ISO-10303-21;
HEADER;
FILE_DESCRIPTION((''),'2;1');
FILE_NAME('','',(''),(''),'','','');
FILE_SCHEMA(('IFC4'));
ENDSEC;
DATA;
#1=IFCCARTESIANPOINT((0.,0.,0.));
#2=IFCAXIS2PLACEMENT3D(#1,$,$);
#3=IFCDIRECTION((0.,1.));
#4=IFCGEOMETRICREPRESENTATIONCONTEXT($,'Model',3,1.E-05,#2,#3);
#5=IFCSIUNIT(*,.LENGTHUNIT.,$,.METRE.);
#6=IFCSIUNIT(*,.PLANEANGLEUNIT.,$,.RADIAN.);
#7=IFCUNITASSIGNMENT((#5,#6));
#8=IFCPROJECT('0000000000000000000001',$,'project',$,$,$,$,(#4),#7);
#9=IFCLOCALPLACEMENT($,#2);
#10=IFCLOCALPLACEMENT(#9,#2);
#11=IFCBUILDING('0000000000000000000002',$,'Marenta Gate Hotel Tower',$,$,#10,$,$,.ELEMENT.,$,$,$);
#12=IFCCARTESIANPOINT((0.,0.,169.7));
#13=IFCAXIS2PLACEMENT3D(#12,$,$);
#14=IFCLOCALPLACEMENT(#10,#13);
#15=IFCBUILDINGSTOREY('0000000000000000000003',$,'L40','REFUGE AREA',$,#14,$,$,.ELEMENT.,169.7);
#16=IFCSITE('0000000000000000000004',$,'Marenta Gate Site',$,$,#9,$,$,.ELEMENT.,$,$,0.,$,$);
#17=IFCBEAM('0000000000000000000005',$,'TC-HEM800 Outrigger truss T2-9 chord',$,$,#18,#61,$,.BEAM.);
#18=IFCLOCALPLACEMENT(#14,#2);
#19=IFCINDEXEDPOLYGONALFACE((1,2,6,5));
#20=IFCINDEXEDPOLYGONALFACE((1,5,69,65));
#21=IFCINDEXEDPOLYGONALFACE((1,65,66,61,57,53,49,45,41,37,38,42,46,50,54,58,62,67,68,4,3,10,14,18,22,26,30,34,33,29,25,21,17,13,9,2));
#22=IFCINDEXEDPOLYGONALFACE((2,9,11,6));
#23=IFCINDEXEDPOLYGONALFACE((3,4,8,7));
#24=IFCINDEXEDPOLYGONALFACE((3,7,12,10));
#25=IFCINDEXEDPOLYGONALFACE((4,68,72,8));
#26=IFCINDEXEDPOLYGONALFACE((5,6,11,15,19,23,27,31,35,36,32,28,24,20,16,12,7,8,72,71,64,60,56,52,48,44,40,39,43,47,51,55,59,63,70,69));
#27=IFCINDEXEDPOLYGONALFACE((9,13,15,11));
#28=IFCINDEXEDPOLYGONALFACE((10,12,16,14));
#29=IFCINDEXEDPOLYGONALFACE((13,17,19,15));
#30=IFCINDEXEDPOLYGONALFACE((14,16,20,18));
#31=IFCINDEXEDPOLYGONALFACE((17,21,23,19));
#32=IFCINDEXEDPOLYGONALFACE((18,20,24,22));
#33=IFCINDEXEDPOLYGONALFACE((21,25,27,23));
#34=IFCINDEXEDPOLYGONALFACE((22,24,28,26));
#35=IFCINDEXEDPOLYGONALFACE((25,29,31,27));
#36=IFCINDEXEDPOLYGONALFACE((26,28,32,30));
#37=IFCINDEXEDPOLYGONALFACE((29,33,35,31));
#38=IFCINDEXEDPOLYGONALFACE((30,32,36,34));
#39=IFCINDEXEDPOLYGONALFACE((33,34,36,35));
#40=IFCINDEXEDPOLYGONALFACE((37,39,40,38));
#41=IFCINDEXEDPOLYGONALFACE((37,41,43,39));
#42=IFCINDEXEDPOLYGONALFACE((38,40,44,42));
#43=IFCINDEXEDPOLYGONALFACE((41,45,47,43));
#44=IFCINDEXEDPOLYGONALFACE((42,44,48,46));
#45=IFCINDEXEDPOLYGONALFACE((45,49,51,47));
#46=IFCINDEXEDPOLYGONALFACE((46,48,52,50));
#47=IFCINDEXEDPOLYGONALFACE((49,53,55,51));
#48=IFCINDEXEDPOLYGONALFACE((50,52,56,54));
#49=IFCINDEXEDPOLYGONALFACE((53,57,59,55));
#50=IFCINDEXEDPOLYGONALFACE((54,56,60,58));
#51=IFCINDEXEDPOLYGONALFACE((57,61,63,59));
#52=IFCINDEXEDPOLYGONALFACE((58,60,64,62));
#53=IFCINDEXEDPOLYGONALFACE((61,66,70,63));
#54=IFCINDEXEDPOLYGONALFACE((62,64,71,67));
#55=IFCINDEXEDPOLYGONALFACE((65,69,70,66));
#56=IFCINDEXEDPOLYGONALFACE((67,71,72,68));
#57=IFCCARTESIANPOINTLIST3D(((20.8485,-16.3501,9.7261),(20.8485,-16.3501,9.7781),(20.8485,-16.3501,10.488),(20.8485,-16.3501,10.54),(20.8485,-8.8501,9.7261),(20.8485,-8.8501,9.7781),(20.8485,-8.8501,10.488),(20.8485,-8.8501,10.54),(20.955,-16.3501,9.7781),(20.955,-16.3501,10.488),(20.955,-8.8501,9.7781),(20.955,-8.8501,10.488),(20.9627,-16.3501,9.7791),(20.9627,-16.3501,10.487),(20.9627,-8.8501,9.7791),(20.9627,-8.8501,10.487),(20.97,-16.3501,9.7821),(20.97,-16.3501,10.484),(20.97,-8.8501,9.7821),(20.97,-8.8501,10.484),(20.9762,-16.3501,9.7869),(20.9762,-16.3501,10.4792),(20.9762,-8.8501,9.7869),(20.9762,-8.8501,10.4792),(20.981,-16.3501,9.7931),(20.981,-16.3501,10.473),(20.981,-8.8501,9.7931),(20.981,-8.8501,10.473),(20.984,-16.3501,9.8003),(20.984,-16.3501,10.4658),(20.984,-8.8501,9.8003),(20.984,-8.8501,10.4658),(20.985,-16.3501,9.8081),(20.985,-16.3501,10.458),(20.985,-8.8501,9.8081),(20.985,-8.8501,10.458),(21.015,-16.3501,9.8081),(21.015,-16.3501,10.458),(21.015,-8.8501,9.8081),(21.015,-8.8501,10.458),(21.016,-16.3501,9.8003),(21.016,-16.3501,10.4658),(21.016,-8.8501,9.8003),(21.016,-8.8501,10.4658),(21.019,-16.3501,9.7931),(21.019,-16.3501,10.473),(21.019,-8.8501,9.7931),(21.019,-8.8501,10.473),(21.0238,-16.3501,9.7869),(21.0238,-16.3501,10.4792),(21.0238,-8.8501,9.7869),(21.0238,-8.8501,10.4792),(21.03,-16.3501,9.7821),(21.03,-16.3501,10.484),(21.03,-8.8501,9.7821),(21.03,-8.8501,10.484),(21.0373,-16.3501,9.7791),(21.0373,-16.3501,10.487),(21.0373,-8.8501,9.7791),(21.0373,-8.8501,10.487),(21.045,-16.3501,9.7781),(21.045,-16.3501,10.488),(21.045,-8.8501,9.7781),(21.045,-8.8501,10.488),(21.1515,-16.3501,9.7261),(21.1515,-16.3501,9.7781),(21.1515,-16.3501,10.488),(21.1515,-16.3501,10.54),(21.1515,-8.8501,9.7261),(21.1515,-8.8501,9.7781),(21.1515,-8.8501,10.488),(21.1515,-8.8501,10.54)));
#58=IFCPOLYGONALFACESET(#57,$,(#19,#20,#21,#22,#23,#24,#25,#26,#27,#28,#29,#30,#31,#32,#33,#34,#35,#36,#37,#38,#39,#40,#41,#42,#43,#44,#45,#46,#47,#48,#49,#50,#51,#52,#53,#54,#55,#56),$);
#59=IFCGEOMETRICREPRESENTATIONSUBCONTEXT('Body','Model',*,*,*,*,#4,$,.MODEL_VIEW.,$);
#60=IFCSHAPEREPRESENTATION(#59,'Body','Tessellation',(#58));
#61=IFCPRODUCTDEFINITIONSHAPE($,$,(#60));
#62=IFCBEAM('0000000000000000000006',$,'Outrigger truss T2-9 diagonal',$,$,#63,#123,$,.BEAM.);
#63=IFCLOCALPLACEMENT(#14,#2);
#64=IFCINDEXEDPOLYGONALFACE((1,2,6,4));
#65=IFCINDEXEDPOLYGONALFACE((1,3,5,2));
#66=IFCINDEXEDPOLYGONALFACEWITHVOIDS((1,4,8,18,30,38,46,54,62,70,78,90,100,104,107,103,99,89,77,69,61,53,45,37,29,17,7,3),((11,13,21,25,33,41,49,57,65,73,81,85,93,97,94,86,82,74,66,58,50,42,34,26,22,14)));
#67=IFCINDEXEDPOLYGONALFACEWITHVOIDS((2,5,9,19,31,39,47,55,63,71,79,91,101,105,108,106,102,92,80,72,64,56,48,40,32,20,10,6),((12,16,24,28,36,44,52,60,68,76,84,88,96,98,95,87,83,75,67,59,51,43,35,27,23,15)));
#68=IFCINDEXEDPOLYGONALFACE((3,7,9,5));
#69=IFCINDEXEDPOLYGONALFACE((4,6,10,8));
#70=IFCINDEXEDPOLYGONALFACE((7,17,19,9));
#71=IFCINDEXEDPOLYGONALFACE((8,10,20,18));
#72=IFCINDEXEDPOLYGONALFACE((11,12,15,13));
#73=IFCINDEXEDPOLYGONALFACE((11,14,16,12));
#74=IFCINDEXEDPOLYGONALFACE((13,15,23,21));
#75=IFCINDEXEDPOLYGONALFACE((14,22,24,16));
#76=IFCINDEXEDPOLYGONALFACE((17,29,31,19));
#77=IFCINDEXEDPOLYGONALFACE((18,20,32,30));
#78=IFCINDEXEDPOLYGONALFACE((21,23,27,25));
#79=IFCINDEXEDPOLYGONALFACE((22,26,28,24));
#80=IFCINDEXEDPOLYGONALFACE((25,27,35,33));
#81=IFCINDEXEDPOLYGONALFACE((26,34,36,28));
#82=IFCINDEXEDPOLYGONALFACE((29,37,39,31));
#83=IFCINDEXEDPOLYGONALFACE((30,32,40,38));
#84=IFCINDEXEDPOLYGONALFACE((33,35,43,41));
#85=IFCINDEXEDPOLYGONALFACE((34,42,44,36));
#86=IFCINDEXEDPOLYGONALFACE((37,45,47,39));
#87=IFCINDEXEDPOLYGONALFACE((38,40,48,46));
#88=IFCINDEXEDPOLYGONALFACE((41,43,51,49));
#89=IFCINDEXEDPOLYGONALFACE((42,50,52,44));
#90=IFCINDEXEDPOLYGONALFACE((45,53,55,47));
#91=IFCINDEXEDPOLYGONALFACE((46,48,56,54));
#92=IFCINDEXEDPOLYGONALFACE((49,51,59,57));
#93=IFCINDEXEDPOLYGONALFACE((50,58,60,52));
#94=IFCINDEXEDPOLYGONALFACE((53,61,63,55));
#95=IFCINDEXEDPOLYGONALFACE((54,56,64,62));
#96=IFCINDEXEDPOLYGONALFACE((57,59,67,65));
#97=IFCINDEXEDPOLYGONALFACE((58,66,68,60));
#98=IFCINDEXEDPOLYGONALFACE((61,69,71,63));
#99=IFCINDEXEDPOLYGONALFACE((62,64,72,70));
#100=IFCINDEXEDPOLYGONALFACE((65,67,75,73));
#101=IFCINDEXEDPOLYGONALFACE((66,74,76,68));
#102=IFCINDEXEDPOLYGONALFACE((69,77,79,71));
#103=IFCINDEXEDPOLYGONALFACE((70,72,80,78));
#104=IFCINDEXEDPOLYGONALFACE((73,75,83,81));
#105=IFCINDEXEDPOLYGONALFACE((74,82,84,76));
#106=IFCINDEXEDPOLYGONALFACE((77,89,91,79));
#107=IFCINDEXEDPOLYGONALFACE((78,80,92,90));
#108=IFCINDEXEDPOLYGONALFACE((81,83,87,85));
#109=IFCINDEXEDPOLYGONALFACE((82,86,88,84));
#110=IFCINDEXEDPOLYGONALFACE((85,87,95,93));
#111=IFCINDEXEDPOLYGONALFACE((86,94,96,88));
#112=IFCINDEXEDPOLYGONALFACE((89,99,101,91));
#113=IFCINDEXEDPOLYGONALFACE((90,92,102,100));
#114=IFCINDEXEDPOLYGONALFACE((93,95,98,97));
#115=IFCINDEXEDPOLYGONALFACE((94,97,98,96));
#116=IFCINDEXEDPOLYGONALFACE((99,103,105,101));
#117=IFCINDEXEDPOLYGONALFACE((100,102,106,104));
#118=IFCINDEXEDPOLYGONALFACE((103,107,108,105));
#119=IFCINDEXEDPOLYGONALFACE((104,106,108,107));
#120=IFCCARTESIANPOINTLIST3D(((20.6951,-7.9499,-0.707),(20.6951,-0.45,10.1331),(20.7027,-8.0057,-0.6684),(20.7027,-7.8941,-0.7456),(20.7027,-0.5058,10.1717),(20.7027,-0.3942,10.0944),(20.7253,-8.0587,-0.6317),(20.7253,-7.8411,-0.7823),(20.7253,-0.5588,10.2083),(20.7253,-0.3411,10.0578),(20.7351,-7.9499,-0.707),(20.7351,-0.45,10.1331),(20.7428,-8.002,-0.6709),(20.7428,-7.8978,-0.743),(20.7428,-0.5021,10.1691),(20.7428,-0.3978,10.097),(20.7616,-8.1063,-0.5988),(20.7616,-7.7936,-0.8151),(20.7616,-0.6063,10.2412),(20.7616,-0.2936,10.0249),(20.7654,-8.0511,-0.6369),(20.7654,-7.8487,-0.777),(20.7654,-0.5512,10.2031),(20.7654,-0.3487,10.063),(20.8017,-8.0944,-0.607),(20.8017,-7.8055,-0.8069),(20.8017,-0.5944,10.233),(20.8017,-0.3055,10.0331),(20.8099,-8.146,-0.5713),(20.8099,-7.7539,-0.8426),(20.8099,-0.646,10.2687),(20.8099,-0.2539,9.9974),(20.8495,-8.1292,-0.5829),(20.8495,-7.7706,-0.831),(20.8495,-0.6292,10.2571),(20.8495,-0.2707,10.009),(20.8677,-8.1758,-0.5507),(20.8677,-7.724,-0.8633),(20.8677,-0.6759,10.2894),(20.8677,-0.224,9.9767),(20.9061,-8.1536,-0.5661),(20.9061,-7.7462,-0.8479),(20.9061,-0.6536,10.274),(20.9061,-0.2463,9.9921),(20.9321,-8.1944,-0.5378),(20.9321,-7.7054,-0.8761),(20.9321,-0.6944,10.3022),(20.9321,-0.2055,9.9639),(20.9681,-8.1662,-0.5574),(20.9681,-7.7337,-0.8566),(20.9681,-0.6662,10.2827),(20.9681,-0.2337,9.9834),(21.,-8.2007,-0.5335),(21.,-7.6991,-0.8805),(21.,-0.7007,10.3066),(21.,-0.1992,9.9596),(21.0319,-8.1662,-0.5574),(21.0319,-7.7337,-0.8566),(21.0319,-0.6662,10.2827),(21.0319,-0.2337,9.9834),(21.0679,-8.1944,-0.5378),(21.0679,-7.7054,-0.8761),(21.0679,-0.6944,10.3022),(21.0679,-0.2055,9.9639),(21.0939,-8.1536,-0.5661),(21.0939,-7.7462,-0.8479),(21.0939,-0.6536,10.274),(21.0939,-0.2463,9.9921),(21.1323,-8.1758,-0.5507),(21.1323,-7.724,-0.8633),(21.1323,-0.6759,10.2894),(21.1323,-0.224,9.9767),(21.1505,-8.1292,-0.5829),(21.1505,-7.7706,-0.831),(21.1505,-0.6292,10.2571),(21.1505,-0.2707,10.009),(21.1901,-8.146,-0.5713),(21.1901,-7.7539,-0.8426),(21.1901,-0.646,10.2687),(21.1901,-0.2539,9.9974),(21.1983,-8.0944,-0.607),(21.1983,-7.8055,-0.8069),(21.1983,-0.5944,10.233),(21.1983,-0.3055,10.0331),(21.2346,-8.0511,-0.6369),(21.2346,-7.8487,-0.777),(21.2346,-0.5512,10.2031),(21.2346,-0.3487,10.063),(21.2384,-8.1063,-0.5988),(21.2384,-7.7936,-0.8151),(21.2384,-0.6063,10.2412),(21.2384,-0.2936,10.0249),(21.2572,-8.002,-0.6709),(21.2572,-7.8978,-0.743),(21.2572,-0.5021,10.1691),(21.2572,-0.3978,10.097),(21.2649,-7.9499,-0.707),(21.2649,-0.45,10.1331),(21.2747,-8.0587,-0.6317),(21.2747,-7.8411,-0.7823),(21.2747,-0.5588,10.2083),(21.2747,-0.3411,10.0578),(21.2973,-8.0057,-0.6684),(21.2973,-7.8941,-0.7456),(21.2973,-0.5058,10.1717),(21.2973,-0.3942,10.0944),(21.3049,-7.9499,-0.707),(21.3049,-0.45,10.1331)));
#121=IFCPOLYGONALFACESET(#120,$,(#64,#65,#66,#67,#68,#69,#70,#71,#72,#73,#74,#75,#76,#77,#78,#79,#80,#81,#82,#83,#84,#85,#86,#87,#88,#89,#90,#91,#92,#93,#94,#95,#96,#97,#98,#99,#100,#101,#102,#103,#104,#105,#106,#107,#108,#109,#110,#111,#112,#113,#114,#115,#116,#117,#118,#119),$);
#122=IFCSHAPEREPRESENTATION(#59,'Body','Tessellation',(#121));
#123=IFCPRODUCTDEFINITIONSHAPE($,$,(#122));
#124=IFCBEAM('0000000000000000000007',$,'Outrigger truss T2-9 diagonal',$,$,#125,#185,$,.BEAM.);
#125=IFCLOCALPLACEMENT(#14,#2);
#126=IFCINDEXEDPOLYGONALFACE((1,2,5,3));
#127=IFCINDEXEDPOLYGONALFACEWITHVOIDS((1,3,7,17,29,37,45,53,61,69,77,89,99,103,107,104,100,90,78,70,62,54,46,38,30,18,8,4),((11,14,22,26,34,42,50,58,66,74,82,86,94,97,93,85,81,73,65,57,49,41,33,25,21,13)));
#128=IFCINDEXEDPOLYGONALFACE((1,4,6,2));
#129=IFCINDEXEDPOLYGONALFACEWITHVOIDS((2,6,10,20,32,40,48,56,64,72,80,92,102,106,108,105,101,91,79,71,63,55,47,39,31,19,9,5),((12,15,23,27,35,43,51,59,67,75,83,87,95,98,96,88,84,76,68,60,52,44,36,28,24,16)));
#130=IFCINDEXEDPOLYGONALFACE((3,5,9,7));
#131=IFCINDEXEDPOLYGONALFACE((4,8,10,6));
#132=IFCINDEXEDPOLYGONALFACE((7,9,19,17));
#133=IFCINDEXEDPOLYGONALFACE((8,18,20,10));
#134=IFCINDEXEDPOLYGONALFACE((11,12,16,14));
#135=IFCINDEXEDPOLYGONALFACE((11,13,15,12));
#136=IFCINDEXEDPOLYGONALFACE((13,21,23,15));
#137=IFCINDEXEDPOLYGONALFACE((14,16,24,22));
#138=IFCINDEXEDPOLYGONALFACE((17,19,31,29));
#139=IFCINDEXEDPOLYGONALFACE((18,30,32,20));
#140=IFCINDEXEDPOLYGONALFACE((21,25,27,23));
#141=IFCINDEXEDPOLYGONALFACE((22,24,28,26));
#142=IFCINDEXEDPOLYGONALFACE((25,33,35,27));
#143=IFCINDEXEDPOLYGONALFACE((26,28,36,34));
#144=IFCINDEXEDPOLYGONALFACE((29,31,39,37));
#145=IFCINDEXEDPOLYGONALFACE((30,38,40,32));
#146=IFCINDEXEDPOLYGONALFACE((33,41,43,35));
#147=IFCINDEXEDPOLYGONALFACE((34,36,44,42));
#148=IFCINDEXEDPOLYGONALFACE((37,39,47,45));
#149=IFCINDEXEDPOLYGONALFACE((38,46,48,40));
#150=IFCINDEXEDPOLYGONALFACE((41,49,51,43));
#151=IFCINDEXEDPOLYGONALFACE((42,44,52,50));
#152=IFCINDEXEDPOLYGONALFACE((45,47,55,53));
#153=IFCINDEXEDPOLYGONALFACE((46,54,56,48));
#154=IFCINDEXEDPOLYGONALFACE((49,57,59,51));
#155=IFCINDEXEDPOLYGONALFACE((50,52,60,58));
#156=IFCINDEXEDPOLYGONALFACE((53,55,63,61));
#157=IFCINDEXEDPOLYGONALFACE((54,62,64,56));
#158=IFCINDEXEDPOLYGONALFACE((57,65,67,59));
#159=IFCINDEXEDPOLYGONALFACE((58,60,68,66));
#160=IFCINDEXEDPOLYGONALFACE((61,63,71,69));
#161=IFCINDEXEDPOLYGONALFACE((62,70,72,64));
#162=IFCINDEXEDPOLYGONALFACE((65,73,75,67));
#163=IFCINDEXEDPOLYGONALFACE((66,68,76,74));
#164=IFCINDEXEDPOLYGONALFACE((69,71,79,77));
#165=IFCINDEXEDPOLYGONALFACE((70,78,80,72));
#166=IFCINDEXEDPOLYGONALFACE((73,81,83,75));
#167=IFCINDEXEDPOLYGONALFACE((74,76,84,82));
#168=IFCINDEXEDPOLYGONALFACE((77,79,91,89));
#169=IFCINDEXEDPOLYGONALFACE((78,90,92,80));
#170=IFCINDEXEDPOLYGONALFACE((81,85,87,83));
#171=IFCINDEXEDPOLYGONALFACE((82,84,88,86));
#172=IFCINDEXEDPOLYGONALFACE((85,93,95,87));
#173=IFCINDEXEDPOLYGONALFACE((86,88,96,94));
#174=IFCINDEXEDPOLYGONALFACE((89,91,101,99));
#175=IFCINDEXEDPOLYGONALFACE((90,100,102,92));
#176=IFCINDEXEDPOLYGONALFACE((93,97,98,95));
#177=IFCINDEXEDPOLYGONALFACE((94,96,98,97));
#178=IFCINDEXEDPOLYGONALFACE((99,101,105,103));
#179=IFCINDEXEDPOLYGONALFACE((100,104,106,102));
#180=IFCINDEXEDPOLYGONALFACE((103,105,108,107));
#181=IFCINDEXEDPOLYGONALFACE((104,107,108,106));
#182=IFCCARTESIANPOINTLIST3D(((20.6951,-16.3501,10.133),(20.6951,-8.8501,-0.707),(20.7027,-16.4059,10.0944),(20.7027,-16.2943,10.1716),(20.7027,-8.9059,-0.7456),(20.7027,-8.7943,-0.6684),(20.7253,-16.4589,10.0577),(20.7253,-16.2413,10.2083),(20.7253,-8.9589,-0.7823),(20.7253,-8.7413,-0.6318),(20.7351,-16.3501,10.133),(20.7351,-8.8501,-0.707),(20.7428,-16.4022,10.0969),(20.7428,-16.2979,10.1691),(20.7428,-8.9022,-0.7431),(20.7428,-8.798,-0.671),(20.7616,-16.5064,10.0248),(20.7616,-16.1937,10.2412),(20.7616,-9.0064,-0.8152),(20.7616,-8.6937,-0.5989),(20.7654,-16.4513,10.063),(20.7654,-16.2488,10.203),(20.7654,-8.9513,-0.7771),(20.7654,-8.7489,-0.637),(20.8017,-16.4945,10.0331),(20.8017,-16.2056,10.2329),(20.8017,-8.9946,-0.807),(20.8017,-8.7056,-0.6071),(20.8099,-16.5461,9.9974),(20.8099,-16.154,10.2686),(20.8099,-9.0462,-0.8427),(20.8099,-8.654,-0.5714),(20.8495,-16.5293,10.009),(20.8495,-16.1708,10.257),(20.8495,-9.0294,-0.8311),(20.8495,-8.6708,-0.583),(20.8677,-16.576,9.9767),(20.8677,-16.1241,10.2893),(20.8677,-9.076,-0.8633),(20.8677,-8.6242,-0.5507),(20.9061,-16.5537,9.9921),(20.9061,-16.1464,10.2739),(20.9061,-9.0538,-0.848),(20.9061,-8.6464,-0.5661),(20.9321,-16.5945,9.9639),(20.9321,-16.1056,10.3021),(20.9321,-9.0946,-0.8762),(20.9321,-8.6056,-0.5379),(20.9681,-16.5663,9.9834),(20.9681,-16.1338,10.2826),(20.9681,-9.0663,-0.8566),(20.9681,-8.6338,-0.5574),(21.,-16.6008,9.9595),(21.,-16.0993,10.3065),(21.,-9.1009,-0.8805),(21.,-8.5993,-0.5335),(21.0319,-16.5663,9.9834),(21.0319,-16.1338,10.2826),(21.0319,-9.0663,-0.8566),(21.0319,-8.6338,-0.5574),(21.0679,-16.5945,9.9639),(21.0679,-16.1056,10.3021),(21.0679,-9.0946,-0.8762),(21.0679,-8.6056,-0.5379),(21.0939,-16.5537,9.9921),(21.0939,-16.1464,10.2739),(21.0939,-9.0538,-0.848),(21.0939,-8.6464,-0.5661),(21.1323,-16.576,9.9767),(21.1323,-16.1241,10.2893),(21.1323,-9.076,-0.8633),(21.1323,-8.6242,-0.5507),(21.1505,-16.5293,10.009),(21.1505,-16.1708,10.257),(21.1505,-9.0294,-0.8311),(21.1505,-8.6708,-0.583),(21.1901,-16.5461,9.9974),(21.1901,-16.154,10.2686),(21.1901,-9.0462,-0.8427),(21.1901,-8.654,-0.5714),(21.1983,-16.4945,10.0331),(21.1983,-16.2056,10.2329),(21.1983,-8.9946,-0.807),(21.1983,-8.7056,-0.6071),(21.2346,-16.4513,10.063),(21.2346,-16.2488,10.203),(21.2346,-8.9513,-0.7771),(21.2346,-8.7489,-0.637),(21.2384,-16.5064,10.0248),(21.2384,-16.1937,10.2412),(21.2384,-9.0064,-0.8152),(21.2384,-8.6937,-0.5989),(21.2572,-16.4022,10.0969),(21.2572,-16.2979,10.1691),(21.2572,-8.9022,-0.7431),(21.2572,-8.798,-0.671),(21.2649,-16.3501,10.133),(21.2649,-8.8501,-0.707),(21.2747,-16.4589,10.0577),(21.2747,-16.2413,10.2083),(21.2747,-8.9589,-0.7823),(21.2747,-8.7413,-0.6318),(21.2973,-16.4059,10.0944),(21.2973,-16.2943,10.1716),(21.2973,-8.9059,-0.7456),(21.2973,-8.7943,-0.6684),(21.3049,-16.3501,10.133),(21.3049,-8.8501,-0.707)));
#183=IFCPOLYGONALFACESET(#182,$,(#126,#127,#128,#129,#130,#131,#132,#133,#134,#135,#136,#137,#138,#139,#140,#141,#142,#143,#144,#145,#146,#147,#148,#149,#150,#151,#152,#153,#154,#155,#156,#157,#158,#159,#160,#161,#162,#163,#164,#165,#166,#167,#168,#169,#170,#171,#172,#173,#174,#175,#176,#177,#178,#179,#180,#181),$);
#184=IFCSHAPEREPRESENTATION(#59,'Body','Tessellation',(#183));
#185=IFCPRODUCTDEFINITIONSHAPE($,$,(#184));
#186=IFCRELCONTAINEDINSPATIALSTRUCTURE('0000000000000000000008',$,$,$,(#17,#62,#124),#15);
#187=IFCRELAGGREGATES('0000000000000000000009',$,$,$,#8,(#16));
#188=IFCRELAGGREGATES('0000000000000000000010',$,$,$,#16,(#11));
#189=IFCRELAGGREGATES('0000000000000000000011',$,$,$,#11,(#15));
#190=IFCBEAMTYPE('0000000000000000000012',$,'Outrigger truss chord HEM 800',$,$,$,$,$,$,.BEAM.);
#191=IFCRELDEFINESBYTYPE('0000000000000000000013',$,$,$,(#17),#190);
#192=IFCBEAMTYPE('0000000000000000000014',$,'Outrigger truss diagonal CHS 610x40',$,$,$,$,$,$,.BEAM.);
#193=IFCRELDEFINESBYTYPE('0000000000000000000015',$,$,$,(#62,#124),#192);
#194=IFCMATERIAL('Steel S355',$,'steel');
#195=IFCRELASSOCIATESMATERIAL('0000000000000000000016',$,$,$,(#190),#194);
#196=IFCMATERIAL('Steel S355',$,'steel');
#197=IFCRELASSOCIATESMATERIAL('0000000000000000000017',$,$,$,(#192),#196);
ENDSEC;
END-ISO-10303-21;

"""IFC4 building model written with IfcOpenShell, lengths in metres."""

from ifc_helpers import new_model, si_unit, direction, frame, origin, origin_2d, place, context, subcontext, project, spatial, hollow_circle, i_section, extrude, material, material_profile, profile_set, type_object, element, save


model = new_model("IFC4")

# Units and contexts
model_context = context("Model", 3, precision=1e-05, world=origin(), true_north=direction((0.0, 1.0)))
body_context = subcontext(model_context, "Body", "Model", "MODEL_VIEW")
ifc_project = project(units=[si_unit("LENGTHUNIT", "METRE"), si_unit("PLANEANGLEUNIT", "RADIAN")], contexts=[model_context])

# Site, building, storey
site_placement = place(None, origin())
site = spatial("IfcSite", under=ifc_project, at=site_placement, Name="Marenta Gate Site", CompositionType="ELEMENT", RefElevation=0.0)
building_placement = place(site_placement, origin())
building = spatial("IfcBuilding", under=site, at=building_placement, Name="Marenta Gate Hotel Tower", CompositionType="ELEMENT")
storey_placement = place(building_placement, frame((0.0, 0.0, 169.7)))
storey = spatial("IfcBuildingStorey", under=building, at=storey_placement, Name="L40", Description="REFUGE AREA", CompositionType="ELEMENT", Elevation=169.7)

# Beams
ifc_material_1 = material(Name="Steel S355", Category="steel")
ifc_material_profile_1 = material_profile(ifc_material_1, i_section(OverallWidth=0.303, OverallDepth=0.814, WebThickness=0.03, FlangeThickness=0.052, FilletRadius=0.03, at=origin_2d()), Name="HEM 800")
ifc_profile_set_1 = profile_set([ifc_material_profile_1], Name="Steel S355")
beam_type_1 = type_object("IfcBeamType", Name="Outrigger truss chord HEM 800", PredefinedType="BEAM", material=ifc_profile_set_1)
for number, where, z_axis, x_axis, name in (
    (1, (21.0, -8.8501, 10.1331), (0.0, -1.0, 0.0), (1.0, 0.0, 0.0), "TC-HEM800 Outrigger truss T2-9 chord"),
):
    element("IfcBeam", number, at=place(storey_placement, frame(where, z_axis=z_axis, x_axis=x_axis)), inside=storey, type_object=beam_type_1, Name=name, PredefinedType="BEAM", context=body_context, shape_type="SweptSolid", body=[
        extrude(i_section(OverallWidth=0.303, OverallDepth=0.814, WebThickness=0.03, FlangeThickness=0.052, FilletRadius=0.03, at=origin_2d()), origin(), (0.0, 0.0, 1.0), 7.5),
    ])
ifc_material_2 = material(Name="Steel S355", Category="steel")
ifc_material_profile_2 = material_profile(ifc_material_2, hollow_circle(Radius=0.3049, WallThickness=0.04, at=origin_2d()), Name="CHS 610x40")
ifc_profile_set_2 = profile_set([ifc_material_profile_2], Name="Steel S355")
beam_type_2 = type_object("IfcBeamType", Name="Outrigger truss diagonal CHS 610x40", PredefinedType="BEAM", material=ifc_profile_set_2)
for number, where, z_axis, x_axis, name in (
    (2, (21.0, -0.45, 10.1331), (0.0, -0.56897, -0.822358), (1.0, 0.0, 0.0), "Outrigger truss T2-9 diagonal"),
    (3, (21.0, -8.8501, -0.707), (0.0, -0.56897, 0.822358), (1.0, 0.0, 0.0), "Outrigger truss T2-9 diagonal"),
):
    element("IfcBeam", number, at=place(storey_placement, frame(where, z_axis=z_axis, x_axis=x_axis)), inside=storey, type_object=beam_type_2, Name=name, PredefinedType="BEAM", context=body_context, shape_type="SweptSolid", body=[
        extrude(hollow_circle(Radius=0.3049, WallThickness=0.04, at=origin_2d()), origin(), (0.0, 0.0, 1.0), 13.1816),
    ])

save(model, "model.ifc")
